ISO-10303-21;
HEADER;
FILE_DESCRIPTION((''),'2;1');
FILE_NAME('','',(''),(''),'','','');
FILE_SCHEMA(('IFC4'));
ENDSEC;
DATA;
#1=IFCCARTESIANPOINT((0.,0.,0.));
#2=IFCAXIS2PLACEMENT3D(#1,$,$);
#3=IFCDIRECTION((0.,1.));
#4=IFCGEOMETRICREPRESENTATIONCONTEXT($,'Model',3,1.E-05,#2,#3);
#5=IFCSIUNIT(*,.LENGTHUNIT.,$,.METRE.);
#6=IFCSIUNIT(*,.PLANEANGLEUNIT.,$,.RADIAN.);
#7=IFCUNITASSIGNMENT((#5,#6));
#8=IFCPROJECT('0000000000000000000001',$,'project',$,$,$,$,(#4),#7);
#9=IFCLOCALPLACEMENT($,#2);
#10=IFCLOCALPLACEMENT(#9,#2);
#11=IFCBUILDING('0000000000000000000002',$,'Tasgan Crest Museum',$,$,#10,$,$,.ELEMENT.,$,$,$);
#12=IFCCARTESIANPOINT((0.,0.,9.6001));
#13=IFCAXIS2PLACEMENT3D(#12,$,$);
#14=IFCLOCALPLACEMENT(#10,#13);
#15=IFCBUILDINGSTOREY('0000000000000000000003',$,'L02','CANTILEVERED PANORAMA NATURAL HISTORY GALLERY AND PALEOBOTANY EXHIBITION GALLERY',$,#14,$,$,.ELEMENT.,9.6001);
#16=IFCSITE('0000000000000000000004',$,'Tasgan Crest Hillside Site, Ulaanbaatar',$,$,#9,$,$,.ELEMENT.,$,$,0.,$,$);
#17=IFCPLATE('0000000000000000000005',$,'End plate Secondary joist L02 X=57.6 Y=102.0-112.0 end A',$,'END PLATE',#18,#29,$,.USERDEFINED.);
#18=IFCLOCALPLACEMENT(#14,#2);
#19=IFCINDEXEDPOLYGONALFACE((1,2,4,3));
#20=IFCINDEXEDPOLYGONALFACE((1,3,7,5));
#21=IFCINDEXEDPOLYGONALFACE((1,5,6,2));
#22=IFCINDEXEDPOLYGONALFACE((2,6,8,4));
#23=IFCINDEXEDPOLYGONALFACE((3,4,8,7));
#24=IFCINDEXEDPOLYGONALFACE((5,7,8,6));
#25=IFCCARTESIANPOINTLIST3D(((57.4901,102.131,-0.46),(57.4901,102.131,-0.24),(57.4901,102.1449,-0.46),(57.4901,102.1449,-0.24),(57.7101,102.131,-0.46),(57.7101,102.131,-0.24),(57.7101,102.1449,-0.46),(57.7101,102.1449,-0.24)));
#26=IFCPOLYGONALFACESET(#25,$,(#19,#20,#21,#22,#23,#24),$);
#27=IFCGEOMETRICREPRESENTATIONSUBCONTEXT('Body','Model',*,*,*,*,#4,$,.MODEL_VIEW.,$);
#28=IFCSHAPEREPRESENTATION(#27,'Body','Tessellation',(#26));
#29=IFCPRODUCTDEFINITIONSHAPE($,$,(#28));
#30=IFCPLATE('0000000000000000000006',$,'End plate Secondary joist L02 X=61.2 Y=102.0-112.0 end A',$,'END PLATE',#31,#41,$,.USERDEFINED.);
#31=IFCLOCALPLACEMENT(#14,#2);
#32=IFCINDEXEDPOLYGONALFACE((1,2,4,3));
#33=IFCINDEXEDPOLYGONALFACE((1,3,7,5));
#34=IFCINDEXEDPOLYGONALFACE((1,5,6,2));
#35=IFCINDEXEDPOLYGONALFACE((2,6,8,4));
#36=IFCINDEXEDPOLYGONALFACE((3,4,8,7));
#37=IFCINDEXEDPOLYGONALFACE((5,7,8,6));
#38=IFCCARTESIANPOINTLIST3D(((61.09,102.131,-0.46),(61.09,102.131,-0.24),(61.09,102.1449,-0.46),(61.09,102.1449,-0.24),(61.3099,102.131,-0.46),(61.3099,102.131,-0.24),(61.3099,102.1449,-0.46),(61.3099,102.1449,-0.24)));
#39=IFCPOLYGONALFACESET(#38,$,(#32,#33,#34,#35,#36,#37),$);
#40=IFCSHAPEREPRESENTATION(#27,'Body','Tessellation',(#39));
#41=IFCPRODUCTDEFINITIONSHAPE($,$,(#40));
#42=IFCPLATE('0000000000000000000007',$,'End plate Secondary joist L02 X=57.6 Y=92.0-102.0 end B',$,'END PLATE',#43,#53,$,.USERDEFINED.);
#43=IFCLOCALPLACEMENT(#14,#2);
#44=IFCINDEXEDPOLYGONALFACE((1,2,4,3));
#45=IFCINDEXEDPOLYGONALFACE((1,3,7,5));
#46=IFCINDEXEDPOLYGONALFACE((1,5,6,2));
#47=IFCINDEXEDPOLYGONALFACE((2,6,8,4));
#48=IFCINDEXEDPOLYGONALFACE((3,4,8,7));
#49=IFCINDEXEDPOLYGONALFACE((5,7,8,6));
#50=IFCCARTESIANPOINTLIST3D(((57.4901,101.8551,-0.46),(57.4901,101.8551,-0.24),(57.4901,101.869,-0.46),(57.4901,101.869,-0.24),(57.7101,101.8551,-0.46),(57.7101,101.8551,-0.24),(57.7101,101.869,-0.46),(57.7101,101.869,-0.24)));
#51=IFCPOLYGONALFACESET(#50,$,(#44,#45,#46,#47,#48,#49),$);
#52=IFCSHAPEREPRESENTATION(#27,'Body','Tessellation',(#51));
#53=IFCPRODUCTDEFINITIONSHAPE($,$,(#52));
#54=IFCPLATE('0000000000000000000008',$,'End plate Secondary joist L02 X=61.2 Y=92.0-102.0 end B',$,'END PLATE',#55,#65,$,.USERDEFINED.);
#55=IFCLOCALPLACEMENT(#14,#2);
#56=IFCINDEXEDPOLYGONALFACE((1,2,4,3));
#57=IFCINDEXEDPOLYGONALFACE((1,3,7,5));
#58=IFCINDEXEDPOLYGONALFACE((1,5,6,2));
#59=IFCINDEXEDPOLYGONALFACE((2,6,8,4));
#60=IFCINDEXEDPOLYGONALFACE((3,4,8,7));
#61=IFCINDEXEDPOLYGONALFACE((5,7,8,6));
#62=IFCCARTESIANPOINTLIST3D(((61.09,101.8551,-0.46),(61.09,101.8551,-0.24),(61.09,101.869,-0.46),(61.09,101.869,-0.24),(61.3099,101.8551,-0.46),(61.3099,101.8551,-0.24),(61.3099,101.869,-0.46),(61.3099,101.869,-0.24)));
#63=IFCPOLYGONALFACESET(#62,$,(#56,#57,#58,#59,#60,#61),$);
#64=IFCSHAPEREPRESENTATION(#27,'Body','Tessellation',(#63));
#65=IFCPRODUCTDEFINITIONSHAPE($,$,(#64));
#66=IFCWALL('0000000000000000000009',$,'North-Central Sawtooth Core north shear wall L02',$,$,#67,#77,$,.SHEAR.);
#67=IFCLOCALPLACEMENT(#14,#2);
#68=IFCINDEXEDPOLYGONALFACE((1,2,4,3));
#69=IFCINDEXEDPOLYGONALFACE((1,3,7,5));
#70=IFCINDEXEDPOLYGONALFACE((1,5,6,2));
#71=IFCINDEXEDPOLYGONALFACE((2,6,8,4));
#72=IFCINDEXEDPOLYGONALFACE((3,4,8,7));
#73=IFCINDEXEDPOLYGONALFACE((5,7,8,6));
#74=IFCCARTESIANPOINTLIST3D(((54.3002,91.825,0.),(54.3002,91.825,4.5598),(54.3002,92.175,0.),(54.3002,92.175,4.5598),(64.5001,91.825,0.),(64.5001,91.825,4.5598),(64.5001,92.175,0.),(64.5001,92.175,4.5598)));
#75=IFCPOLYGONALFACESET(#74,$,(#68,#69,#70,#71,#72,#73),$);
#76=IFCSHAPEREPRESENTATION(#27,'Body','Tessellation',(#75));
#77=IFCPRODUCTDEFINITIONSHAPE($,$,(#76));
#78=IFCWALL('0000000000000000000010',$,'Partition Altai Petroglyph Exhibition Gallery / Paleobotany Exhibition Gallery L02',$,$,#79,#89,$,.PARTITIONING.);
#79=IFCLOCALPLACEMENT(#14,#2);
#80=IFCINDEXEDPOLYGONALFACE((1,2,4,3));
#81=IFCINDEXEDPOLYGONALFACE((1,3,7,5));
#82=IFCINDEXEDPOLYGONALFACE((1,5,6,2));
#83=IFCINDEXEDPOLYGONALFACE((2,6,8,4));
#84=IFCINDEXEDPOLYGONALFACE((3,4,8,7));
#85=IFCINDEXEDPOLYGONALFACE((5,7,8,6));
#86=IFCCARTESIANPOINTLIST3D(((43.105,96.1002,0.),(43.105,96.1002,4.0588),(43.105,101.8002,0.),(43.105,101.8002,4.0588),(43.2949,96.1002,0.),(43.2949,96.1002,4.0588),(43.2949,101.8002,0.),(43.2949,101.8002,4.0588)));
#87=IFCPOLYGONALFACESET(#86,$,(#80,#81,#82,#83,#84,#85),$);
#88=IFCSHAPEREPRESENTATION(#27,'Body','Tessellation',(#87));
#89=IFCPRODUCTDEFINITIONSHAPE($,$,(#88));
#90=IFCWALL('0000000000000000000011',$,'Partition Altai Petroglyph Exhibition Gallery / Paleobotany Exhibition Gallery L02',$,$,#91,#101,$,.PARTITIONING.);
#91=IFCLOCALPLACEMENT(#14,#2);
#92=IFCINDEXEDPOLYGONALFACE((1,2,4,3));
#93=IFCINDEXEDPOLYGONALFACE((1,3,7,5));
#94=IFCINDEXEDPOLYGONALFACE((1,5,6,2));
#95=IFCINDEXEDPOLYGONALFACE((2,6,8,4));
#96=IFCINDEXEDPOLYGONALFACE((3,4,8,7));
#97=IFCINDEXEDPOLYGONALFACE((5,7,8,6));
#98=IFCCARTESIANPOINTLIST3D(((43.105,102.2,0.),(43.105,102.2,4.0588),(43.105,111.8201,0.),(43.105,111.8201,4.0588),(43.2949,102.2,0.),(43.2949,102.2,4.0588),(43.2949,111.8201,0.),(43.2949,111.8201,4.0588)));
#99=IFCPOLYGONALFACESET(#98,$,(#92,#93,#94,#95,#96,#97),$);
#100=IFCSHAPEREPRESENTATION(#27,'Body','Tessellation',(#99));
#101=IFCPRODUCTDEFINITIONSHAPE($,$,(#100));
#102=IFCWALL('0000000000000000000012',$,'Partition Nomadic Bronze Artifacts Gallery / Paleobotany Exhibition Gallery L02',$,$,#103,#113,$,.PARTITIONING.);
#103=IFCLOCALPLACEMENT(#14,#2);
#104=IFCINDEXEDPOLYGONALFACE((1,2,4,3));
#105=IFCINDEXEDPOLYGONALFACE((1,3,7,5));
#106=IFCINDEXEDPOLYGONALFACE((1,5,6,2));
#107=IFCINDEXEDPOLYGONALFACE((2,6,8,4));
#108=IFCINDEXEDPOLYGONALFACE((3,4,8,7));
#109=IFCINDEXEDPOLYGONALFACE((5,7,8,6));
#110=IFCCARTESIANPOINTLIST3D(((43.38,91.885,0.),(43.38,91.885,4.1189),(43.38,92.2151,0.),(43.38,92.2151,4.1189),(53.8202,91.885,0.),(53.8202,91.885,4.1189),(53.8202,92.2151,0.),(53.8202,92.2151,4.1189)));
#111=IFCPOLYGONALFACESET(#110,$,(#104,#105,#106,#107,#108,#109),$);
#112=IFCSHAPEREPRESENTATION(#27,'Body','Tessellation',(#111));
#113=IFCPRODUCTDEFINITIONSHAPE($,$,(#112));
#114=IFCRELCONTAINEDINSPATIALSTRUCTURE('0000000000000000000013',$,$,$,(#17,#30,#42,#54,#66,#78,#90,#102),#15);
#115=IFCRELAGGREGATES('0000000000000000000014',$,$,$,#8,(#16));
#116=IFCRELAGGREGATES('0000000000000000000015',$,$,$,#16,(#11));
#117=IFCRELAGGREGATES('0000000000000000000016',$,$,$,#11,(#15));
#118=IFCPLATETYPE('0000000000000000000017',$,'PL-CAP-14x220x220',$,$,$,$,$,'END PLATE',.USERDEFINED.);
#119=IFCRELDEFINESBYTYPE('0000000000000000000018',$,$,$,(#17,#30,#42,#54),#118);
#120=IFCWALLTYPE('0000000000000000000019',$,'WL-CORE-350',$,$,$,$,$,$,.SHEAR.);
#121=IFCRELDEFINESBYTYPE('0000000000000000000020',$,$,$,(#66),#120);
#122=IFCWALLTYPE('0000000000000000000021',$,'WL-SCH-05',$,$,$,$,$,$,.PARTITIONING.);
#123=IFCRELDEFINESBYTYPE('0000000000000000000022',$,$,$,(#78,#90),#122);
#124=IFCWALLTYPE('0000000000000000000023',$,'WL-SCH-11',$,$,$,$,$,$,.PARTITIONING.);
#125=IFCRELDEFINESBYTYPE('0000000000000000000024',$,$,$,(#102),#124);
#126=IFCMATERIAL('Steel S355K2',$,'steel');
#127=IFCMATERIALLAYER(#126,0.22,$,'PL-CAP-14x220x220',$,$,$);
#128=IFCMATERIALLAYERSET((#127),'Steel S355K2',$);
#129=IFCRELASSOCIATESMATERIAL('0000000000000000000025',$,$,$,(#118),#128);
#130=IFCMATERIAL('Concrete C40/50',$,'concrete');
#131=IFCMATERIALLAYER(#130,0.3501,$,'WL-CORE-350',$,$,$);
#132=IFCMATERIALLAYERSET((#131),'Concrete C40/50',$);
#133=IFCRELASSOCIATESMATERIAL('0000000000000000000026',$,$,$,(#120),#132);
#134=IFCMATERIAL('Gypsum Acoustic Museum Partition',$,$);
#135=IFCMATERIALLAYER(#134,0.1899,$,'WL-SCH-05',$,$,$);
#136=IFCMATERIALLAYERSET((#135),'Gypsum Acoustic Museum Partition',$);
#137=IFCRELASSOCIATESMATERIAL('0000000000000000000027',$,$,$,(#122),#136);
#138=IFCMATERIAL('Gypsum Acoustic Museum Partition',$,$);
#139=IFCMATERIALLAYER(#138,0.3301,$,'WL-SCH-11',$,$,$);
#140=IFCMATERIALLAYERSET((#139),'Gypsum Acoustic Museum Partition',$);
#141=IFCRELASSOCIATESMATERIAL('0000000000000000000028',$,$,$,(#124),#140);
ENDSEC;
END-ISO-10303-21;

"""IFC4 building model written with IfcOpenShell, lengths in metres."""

from ifc_helpers import new_model, si_unit, direction, frame, frame_2d, origin, origin_2d, place, context, subcontext, project, spatial, rectangle, extrude, material, layer, layer_set, type_object, element, save


model = new_model("IFC4")

# Units and contexts
model_context = context("Model", 3, precision=1e-05, world=origin(), true_north=direction((0.0, 1.0)))
body_context = subcontext(model_context, "Body", "Model", "MODEL_VIEW")
ifc_project = project(units=[si_unit("LENGTHUNIT", "METRE"), si_unit("PLANEANGLEUNIT", "RADIAN")], contexts=[model_context])

# Site, building, storey
site_placement = place(None, origin())
site = spatial("IfcSite", under=ifc_project, at=site_placement, Name="Tasgan Crest Hillside Site, Ulaanbaatar", CompositionType="ELEMENT", RefElevation=0.0)
building_placement = place(site_placement, origin())
building = spatial("IfcBuilding", under=site, at=building_placement, Name="Tasgan Crest Museum", CompositionType="ELEMENT")
storey_placement = place(building_placement, frame((0.0, 0.0, 9.6001)))
storey = spatial("IfcBuildingStorey", under=building, at=storey_placement, Name="L02", Description="CANTILEVERED PANORAMA NATURAL HISTORY GALLERY AND PALEOBOTANY EXHIBITION GALLERY", CompositionType="ELEMENT", Elevation=9.6001)

# Plates
ifc_material_1 = material(Name="Steel S355K2", Category="steel")
ifc_layer_1 = layer(ifc_material_1, 0.22, Name="PL-CAP-14x220x220")
ifc_layer_set_1 = layer_set([ifc_layer_1], Name="Steel S355K2")
plate_type = type_object("IfcPlateType", Name="PL-CAP-14x220x220", ElementType="END PLATE", PredefinedType="USERDEFINED", material=ifc_layer_set_1)
for number, where, z_axis, x_axis, name in (
    (1, (57.6001, 102.1379, -0.46), (0.0, 0.0, 1.0), (0.0, 1.0, 0.0), "End plate Secondary joist L02 X=57.6 Y=102.0-112.0 end A"),
    (2, (61.2, 102.1379, -0.46), (0.0, 0.0, 1.0), (0.0, 1.0, 0.0), "End plate Secondary joist L02 X=61.2 Y=102.0-112.0 end A"),
    (3, (57.6001, 101.8621, -0.46), (0.0, 0.0, 1.0), (0.0, 1.0, 0.0), "End plate Secondary joist L02 X=57.6 Y=92.0-102.0 end B"),
    (4, (61.2, 101.8621, -0.46), (0.0, 0.0, 1.0), (0.0, 1.0, 0.0), "End plate Secondary joist L02 X=61.2 Y=92.0-102.0 end B"),
):
    element("IfcPlate", number, at=place(storey_placement, frame(where, z_axis=z_axis, x_axis=x_axis)), inside=storey, type_object=plate_type, Name=name, ObjectType="END PLATE", PredefinedType="USERDEFINED", context=body_context, shape_type="SweptSolid", body=[
        extrude(rectangle(XDim=0.0139, YDim=0.22, at=origin_2d()), origin(), (0.0, 0.0, 1.0), 0.22),
    ])

# Walls
ifc_material_2 = material(Name="Concrete C40/50", Category="concrete")
ifc_layer_2 = layer(ifc_material_2, 0.3501, Name="WL-CORE-350")
ifc_layer_set_2 = layer_set([ifc_layer_2], Name="Concrete C40/50")
wall_type_1 = type_object("IfcWallType", Name="WL-CORE-350", PredefinedType="SHEAR", material=ifc_layer_set_2)
wall_1_placement = place(storey_placement, frame((54.3, 92.0, 0.0), z_axis=(0.0, 0.0, 1.0), x_axis=(1.0, 0.0, 0.0)))
element("IfcWall", 5, at=wall_1_placement, inside=storey, type_object=wall_type_1, Name="North-Central Sawtooth Core north shear wall L02", PredefinedType="SHEAR", context=body_context, shape_type="SweptSolid", body=[
    extrude(rectangle(XDim=10.2, YDim=0.3501, at=frame_2d((5.1001, 0.0))), origin(), (0.0, 0.0, 1.0), 4.5598),
])
ifc_material_3 = material(Name="Gypsum Acoustic Museum Partition")
ifc_layer_3 = layer(ifc_material_3, 0.1899, Name="WL-SCH-05")
ifc_layer_set_3 = layer_set([ifc_layer_3], Name="Gypsum Acoustic Museum Partition")
wall_type_2 = type_object("IfcWallType", Name="WL-SCH-05", PredefinedType="PARTITIONING", material=ifc_layer_set_3)
wall_2_placement = place(storey_placement, frame((43.2, 96.1001, 0.0), z_axis=(0.0, 0.0, 1.0), x_axis=(0.0, 1.0, 0.0)))
element("IfcWall", 6, at=wall_2_placement, inside=storey, type_object=wall_type_2, Name="Partition Altai Petroglyph Exhibition Gallery / Paleobotany Exhibition Gallery L02", PredefinedType="PARTITIONING", context=body_context, shape_type="SweptSolid", body=[
    extrude(rectangle(XDim=5.7, YDim=0.1899, at=frame_2d((2.8501, 0.0))), origin(), (0.0, 0.0, 1.0), 4.0588),
])
wall_3_placement = place(storey_placement, frame((43.2, 102.2, 0.0), z_axis=(0.0, 0.0, 1.0), x_axis=(0.0, 1.0, 0.0)))
element("IfcWall", 7, at=wall_3_placement, inside=storey, type_object=wall_type_2, Name="Partition Altai Petroglyph Exhibition Gallery / Paleobotany Exhibition Gallery L02", PredefinedType="PARTITIONING", context=body_context, shape_type="SweptSolid", body=[
    extrude(rectangle(XDim=9.6201, YDim=0.1899, at=frame_2d((4.8101, 0.0))), origin(), (0.0, 0.0, 1.0), 4.0588),
])
ifc_material_4 = material(Name="Gypsum Acoustic Museum Partition")
ifc_layer_4 = layer(ifc_material_4, 0.3301, Name="WL-SCH-11")
ifc_layer_set_4 = layer_set([ifc_layer_4], Name="Gypsum Acoustic Museum Partition")
wall_type_3 = type_object("IfcWallType", Name="WL-SCH-11", PredefinedType="PARTITIONING", material=ifc_layer_set_4)
wall_4_placement = place(storey_placement, frame((43.3799, 92.05, 0.0), z_axis=(0.0, 0.0, 1.0), x_axis=(1.0, 0.0, 0.0)))
element("IfcWall", 8, at=wall_4_placement, inside=storey, type_object=wall_type_3, Name="Partition Nomadic Bronze Artifacts Gallery / Paleobotany Exhibition Gallery L02", PredefinedType="PARTITIONING", context=body_context, shape_type="SweptSolid", body=[
    extrude(rectangle(XDim=10.4402, YDim=0.3301, at=frame_2d((5.2202, 0.0))), origin(), (0.0, 0.0, 1.0), 4.1189),
])

save(model, "model.ifc")
